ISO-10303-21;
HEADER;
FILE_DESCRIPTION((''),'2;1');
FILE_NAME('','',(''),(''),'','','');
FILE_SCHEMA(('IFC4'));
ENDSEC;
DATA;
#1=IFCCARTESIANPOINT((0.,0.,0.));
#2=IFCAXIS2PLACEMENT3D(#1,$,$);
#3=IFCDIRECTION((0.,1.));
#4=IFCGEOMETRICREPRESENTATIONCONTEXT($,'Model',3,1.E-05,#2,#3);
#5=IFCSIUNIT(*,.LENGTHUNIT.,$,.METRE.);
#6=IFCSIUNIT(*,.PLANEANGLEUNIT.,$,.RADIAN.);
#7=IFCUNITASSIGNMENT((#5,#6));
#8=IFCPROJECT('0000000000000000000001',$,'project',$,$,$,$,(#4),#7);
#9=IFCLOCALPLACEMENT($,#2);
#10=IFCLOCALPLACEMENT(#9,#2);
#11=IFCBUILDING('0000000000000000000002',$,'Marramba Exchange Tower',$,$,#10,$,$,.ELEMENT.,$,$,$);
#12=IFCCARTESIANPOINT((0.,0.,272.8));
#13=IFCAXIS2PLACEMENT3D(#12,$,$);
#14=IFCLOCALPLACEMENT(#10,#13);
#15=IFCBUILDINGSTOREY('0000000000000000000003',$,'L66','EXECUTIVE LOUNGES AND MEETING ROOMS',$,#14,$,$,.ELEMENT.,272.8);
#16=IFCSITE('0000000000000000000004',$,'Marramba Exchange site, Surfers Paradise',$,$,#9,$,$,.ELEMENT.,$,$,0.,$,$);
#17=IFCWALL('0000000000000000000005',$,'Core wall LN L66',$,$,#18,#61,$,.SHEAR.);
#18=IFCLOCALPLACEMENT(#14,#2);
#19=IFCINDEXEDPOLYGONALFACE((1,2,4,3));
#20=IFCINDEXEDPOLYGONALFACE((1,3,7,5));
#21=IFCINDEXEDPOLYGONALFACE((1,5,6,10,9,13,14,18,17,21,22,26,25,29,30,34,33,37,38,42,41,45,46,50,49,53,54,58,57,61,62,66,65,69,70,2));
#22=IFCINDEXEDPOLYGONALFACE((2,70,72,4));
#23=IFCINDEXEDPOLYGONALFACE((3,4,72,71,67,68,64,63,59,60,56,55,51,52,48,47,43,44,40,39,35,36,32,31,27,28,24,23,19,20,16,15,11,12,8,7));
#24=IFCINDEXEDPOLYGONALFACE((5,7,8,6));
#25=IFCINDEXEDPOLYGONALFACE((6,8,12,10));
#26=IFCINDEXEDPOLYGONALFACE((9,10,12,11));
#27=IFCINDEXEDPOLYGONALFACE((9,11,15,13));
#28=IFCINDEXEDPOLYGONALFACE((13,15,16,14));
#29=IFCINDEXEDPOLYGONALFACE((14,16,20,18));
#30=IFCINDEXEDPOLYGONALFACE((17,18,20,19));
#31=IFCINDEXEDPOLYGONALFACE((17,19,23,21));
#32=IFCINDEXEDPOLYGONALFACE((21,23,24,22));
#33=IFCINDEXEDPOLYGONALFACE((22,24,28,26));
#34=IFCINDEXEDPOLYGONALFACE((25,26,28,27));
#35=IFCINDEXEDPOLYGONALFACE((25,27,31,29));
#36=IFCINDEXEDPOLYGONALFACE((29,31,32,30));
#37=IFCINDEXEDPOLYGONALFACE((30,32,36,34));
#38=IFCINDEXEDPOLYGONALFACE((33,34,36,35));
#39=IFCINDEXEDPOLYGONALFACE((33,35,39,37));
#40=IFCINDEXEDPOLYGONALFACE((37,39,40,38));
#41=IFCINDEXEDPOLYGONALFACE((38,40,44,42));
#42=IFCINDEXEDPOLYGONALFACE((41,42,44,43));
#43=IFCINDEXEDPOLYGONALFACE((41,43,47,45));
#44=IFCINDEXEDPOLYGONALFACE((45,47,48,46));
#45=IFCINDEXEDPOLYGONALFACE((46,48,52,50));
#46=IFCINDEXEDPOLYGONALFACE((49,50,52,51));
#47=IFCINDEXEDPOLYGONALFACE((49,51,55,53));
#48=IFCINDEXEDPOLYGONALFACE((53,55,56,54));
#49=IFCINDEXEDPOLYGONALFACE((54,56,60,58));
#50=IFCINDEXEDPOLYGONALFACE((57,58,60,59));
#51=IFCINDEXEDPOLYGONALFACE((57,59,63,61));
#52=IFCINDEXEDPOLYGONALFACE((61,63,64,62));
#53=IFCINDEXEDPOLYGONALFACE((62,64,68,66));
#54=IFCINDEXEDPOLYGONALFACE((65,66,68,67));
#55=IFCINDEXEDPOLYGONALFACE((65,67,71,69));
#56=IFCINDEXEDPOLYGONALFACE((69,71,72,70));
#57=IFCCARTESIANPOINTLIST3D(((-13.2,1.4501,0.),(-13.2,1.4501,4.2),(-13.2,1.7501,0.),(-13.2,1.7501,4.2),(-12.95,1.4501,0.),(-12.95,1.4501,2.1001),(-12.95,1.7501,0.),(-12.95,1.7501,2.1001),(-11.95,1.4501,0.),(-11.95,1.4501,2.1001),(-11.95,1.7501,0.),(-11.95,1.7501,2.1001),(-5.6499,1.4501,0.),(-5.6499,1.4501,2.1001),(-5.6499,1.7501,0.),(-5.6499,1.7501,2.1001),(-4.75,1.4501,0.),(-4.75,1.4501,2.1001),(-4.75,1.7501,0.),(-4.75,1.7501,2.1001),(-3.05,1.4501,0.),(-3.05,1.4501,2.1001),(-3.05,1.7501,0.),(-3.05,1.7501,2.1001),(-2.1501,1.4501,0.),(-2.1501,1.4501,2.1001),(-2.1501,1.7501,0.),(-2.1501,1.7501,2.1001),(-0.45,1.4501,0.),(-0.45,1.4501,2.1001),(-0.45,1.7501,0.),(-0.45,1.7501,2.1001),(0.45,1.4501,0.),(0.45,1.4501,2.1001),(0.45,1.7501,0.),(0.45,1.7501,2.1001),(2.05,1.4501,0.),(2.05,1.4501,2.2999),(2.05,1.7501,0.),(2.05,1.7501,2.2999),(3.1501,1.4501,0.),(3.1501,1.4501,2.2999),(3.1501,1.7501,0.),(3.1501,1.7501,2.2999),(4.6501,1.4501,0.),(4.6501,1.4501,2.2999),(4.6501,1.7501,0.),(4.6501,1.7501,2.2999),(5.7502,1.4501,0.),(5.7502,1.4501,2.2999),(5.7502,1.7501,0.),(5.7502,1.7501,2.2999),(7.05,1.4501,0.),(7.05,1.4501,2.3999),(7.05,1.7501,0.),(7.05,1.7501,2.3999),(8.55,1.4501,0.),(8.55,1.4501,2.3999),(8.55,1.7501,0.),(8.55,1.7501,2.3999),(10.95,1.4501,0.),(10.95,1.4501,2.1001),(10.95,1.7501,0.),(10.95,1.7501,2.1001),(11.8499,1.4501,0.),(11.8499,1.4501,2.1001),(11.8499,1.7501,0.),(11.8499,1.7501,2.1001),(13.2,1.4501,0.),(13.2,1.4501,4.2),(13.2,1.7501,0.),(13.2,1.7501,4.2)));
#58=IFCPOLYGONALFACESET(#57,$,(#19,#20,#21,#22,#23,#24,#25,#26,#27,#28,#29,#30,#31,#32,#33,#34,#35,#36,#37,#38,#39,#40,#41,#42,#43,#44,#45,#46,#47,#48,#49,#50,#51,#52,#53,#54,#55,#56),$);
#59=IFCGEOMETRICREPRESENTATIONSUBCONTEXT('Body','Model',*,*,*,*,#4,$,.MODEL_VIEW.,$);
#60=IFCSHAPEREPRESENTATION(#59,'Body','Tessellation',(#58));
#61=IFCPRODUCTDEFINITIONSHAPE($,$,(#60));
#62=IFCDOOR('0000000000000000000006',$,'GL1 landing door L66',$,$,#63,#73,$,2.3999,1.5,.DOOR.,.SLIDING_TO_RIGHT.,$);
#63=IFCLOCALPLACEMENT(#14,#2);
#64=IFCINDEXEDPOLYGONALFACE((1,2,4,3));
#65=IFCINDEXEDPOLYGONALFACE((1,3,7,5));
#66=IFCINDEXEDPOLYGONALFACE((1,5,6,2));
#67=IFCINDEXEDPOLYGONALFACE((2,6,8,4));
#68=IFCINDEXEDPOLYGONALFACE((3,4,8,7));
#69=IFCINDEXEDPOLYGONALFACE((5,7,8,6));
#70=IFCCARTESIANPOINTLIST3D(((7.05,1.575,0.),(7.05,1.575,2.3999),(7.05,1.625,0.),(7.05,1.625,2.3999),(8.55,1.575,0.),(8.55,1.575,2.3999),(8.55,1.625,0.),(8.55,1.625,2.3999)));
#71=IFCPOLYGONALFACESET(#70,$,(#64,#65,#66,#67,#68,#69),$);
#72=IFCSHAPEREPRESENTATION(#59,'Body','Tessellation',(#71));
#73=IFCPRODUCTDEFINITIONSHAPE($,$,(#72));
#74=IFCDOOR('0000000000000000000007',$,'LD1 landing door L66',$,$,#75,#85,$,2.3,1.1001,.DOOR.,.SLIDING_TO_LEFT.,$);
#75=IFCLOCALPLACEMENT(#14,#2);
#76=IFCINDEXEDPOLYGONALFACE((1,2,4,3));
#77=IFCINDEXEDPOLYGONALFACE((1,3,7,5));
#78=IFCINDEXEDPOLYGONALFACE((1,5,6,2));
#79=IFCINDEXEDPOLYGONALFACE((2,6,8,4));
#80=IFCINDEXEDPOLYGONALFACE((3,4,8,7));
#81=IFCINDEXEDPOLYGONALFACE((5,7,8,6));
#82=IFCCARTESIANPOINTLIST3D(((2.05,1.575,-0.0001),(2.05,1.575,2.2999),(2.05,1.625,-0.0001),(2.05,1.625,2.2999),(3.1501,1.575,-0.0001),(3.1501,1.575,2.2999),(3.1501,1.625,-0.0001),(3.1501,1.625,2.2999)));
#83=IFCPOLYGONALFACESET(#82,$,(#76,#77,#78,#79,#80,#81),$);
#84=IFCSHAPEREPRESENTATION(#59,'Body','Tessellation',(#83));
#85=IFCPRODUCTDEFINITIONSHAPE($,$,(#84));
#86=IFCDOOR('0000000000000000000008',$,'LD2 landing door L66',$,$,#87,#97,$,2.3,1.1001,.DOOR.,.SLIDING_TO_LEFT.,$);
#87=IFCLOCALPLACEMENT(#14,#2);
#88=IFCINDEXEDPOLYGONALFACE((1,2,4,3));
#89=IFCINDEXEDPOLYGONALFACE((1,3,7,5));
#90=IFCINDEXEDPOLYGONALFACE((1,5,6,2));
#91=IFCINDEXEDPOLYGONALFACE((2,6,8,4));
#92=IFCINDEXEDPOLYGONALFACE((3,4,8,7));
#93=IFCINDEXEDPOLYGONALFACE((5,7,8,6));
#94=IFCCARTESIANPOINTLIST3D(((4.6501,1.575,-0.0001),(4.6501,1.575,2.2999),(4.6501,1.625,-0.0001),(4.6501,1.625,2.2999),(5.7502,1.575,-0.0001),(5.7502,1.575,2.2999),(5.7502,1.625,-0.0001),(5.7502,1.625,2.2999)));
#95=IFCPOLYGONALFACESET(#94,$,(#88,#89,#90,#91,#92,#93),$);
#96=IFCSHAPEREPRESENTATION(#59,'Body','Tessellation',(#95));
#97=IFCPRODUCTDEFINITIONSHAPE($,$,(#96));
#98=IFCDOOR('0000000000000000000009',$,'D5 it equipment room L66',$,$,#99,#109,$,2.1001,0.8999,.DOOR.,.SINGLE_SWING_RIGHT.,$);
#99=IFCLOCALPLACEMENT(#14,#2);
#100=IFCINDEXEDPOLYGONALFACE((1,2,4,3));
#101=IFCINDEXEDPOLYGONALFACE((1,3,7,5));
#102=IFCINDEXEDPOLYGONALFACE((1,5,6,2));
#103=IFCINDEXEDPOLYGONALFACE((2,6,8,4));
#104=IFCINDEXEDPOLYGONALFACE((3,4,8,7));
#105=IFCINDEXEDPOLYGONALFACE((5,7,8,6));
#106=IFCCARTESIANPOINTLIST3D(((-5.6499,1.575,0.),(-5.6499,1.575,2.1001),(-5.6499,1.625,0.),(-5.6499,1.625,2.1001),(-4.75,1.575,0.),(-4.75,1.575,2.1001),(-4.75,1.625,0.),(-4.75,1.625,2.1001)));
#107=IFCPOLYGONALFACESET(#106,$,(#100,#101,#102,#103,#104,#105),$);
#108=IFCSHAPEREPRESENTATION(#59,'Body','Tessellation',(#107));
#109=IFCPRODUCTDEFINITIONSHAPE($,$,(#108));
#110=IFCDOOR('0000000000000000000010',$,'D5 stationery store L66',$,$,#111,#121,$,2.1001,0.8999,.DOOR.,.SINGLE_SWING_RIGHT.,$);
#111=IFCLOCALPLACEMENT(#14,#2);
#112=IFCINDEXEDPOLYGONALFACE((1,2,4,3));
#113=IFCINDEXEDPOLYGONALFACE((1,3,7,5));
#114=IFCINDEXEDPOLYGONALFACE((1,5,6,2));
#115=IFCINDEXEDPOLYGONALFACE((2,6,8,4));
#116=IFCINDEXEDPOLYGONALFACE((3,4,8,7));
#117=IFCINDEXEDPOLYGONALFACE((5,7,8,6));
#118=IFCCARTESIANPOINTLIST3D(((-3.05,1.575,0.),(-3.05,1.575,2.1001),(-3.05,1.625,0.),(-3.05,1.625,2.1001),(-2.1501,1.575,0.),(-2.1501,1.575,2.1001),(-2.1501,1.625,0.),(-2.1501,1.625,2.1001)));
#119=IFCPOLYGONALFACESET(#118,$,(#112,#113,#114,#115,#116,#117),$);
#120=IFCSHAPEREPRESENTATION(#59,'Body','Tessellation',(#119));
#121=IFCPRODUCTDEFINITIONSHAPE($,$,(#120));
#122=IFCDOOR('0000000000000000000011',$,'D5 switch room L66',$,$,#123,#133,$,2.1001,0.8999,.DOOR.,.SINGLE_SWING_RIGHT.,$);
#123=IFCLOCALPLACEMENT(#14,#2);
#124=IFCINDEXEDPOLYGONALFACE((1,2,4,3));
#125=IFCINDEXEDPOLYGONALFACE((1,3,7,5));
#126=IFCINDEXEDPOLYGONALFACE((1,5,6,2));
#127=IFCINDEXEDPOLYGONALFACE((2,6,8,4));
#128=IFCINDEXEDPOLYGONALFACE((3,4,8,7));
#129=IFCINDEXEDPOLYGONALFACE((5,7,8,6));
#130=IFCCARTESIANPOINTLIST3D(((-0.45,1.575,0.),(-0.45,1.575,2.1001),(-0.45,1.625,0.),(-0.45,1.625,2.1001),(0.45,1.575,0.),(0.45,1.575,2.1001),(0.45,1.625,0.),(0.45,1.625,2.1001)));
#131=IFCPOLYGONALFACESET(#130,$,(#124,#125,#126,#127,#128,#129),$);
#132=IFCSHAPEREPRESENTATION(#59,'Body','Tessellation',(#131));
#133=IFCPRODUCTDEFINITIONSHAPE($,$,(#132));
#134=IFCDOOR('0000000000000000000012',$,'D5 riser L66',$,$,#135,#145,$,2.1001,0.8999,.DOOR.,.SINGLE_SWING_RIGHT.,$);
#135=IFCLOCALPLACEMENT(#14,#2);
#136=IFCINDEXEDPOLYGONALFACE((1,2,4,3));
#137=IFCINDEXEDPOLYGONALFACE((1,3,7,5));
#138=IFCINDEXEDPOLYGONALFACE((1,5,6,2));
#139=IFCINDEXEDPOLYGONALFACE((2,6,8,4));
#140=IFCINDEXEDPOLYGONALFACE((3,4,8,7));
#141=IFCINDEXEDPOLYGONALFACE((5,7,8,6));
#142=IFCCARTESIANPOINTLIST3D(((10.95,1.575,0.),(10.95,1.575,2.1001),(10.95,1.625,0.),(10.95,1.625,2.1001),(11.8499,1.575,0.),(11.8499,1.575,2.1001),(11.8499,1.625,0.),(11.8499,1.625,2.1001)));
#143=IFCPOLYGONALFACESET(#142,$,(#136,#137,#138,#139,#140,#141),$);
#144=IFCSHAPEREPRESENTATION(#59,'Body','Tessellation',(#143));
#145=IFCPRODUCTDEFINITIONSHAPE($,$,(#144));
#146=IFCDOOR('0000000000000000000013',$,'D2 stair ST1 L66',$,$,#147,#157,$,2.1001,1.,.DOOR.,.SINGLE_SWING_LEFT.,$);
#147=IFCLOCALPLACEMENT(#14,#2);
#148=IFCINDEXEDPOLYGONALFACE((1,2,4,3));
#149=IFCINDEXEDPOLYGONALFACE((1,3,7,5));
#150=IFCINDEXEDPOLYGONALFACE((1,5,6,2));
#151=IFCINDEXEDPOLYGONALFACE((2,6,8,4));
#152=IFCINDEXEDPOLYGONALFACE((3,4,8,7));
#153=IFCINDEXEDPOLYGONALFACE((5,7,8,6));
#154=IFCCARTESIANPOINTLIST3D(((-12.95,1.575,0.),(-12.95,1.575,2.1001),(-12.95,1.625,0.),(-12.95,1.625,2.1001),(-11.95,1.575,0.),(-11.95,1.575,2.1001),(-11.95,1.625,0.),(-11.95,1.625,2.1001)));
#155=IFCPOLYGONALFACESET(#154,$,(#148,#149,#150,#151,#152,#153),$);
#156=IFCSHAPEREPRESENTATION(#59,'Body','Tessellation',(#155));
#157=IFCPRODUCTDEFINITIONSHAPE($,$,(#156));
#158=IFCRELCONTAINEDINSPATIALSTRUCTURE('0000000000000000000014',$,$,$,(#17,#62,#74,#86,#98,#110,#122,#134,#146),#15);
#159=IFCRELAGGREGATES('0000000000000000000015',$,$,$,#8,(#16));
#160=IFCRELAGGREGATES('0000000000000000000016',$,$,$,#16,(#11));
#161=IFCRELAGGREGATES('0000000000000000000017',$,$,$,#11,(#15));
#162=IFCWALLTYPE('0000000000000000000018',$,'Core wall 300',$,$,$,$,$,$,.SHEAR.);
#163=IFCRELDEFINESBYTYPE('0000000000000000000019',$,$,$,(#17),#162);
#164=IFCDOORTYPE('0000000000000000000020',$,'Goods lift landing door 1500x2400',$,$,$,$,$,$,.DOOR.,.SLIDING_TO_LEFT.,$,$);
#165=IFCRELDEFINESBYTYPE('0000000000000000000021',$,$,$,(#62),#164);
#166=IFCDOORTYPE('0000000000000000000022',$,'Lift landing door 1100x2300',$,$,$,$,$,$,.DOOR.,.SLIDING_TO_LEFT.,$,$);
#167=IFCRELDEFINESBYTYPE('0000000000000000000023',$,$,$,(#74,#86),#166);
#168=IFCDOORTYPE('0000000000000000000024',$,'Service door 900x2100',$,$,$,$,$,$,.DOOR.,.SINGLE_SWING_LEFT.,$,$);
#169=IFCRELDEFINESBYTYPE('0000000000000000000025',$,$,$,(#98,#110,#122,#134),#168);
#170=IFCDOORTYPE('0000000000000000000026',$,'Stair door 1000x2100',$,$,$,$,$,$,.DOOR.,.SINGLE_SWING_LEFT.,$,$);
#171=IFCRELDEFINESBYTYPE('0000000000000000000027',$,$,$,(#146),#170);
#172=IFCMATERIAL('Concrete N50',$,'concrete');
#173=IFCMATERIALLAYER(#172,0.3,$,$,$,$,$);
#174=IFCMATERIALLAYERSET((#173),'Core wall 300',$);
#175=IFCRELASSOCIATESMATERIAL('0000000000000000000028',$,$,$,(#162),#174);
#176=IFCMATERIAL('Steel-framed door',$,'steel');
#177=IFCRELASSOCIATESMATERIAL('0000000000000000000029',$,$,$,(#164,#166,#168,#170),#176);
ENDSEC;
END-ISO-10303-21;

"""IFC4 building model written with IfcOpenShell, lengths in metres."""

from ifc_helpers import new_model, si_unit, direction, frame, frame_2d, origin, place, context, subcontext, project, spatial, rectangle, extrude, material, layer, layer_set, type_object, element, fill, save


model = new_model("IFC4")

# Units and contexts
model_context = context("Model", 3, precision=1e-05, world=origin(), true_north=direction((0.0, 1.0)))
body_context = subcontext(model_context, "Body", "Model", "MODEL_VIEW")
ifc_project = project(units=[si_unit("LENGTHUNIT", "METRE"), si_unit("PLANEANGLEUNIT", "RADIAN")], contexts=[model_context])

# Site, building, storey
site_placement = place(None, origin())
site = spatial("IfcSite", under=ifc_project, at=site_placement, Name="Marramba Exchange site, Surfers Paradise", CompositionType="ELEMENT", RefElevation=0.0)
building_placement = place(site_placement, origin())
building = spatial("IfcBuilding", under=site, at=building_placement, Name="Marramba Exchange Tower", CompositionType="ELEMENT")
storey_placement = place(building_placement, frame((0.0, 0.0, 272.8)))
storey = spatial("IfcBuildingStorey", under=building, at=storey_placement, Name="L66", Description="EXECUTIVE LOUNGES AND MEETING ROOMS", CompositionType="ELEMENT", Elevation=272.8)

# Shared definitions
ifc_material_1 = material(Name="Concrete N50", Category="concrete")

# Wall, openings, doors
ifc_layer_1 = layer(ifc_material_1, 0.3)
ifc_layer_set_1 = layer_set([ifc_layer_1], Name="Core wall 300")
wall_type = type_object("IfcWallType", Name="Core wall 300", PredefinedType="SHEAR", material=ifc_layer_set_1)
wall_1_placement = place(storey_placement, frame((-13.2, 1.6001, 0.0), z_axis=(0.0, 0.0, 1.0), x_axis=(1.0, 0.0, 0.0)))
wall_1 = element("IfcWall", 1, at=wall_1_placement, inside=storey, type_object=wall_type, Name="Core wall LN L66", PredefinedType="SHEAR", context=body_context, shape_type="SweptSolid", body=[
    extrude(rectangle(XDim=26.3999, YDim=0.3, at=frame_2d((13.2, 0.0))), origin(), (0.0, 0.0, 1.0), 4.2),
])
opening_1_placement = place(wall_1_placement, frame((0.25, 0.0, 0.0)))
opening_1 = element("IfcOpeningElement", 2, at=opening_1_placement, cuts=wall_1, PredefinedType="OPENING", context=body_context, shape_type="SweptSolid", body=[
    extrude(rectangle(XDim=1.0, YDim=2.1001, at=frame_2d((0.5, 1.05))), frame((0.0, 0.1599, 0.0), z_axis=(0.0, -1.0, 0.0), x_axis=(1.0, 0.0, 0.0)), (0.0, 0.0, 1.0), 0.3201),
])
opening_2_placement = place(wall_1_placement, frame((20.25, 0.0, 0.0)))
opening_2 = element("IfcOpeningElement", 3, at=opening_2_placement, cuts=wall_1, PredefinedType="OPENING", context=body_context, shape_type="SweptSolid", body=[
    extrude(rectangle(XDim=1.5, YDim=2.3999, at=frame_2d((0.75, 1.2))), frame((0.0, 0.1599, 0.0), z_axis=(0.0, -1.0, 0.0), x_axis=(1.0, 0.0, 0.0)), (0.0, 0.0, 1.0), 0.3201),
])
opening_3_placement = place(wall_1_placement, frame((7.55, 0.0, 0.0)))
opening_3 = element("IfcOpeningElement", 4, at=opening_3_placement, cuts=wall_1, PredefinedType="OPENING", context=body_context, shape_type="SweptSolid", body=[
    extrude(rectangle(XDim=0.8999, YDim=2.1001, at=frame_2d((0.45, 1.05))), frame((0.0, 0.1599, 0.0), z_axis=(0.0, -1.0, 0.0), x_axis=(1.0, 0.0, 0.0)), (0.0, 0.0, 1.0), 0.3201),
])
opening_4_placement = place(wall_1_placement, frame((10.1499, 0.0, 0.0)))
opening_4 = element("IfcOpeningElement", 5, at=opening_4_placement, cuts=wall_1, PredefinedType="OPENING", context=body_context, shape_type="SweptSolid", body=[
    extrude(rectangle(XDim=0.8999, YDim=2.1001, at=frame_2d((0.45, 1.05))), frame((0.0, 0.1599, 0.0), z_axis=(0.0, -1.0, 0.0), x_axis=(1.0, 0.0, 0.0)), (0.0, 0.0, 1.0), 0.3201),
])
opening_5_placement = place(wall_1_placement, frame((12.75, 0.0, 0.0)))
opening_5 = element("IfcOpeningElement", 6, at=opening_5_placement, cuts=wall_1, PredefinedType="OPENING", context=body_context, shape_type="SweptSolid", body=[
    extrude(rectangle(XDim=0.8999, YDim=2.1001, at=frame_2d((0.45, 1.05))), frame((0.0, 0.1599, 0.0), z_axis=(0.0, -1.0, 0.0), x_axis=(1.0, 0.0, 0.0)), (0.0, 0.0, 1.0), 0.3201),
])
opening_6_placement = place(wall_1_placement, frame((15.25, 0.0, 0.0)))
opening_6 = element("IfcOpeningElement", 7, at=opening_6_placement, cuts=wall_1, PredefinedType="OPENING", context=body_context, shape_type="SweptSolid", body=[
    extrude(rectangle(XDim=1.1001, YDim=2.3, at=frame_2d((0.55, 1.1499))), frame((0.0, 0.1599, 0.0), z_axis=(0.0, -1.0, 0.0), x_axis=(1.0, 0.0, 0.0)), (0.0, 0.0, 1.0), 0.3201),
])
opening_7_placement = place(wall_1_placement, frame((17.8501, 0.0, 0.0)))
opening_7 = element("IfcOpeningElement", 8, at=opening_7_placement, cuts=wall_1, PredefinedType="OPENING", context=body_context, shape_type="SweptSolid", body=[
    extrude(rectangle(XDim=1.1001, YDim=2.3, at=frame_2d((0.55, 1.1499))), frame((0.0, 0.1599, 0.0), z_axis=(0.0, -1.0, 0.0), x_axis=(1.0, 0.0, 0.0)), (0.0, 0.0, 1.0), 0.3201),
])
opening_8_placement = place(wall_1_placement, frame((24.1499, 0.0, 0.0)))
opening_8 = element("IfcOpeningElement", 9, at=opening_8_placement, cuts=wall_1, PredefinedType="OPENING", context=body_context, shape_type="SweptSolid", body=[
    extrude(rectangle(XDim=0.8999, YDim=2.1001, at=frame_2d((0.45, 1.05))), frame((0.0, 0.1599, 0.0), z_axis=(0.0, -1.0, 0.0), x_axis=(1.0, 0.0, 0.0)), (0.0, 0.0, 1.0), 0.3201),
])
ifc_material_2 = material(Name="Steel-framed door", Category="steel")
door_type_1 = type_object("IfcDoorType", Name="Goods lift landing door 1500x2400", OperationType="SLIDING_TO_LEFT", PredefinedType="DOOR", material=ifc_material_2)
door_1_placement = place(opening_2_placement, origin())
door_1 = element("IfcDoor", 10, at=door_1_placement, inside=storey, type_object=door_type_1, Name="GL1 landing door L66", OperationType="SLIDING_TO_RIGHT", OverallHeight=2.3999, OverallWidth=1.5, PredefinedType="DOOR", context=body_context, shape_type="SweptSolid", body=[
    extrude(rectangle(XDim=1.5, YDim=2.3999, at=frame_2d((0.75, 1.2))), frame((0.0, 0.0249, 0.0), z_axis=(0.0, -1.0, 0.0), x_axis=(1.0, 0.0, 0.0)), (0.0, 0.0, 1.0), 0.05),
])
fill(opening_2, door_1)
door_type_2 = type_object("IfcDoorType", Name="Lift landing door 1100x2300", OperationType="SLIDING_TO_LEFT", PredefinedType="DOOR", material=ifc_material_2)
door_2_placement = place(opening_6_placement, origin())
door_2 = element("IfcDoor", 11, at=door_2_placement, inside=storey, type_object=door_type_2, Name="LD1 landing door L66", OperationType="SLIDING_TO_LEFT", OverallHeight=2.3, OverallWidth=1.1001, PredefinedType="DOOR", context=body_context, shape_type="SweptSolid", body=[
    extrude(rectangle(XDim=1.1001, YDim=2.3, at=frame_2d((0.55, 1.1499))), frame((0.0, 0.0249, 0.0), z_axis=(0.0, -1.0, 0.0), x_axis=(1.0, 0.0, 0.0)), (0.0, 0.0, 1.0), 0.05),
])
fill(opening_6, door_2)
door_3_placement = place(opening_7_placement, origin())
door_3 = element("IfcDoor", 12, at=door_3_placement, inside=storey, type_object=door_type_2, Name="LD2 landing door L66", OperationType="SLIDING_TO_LEFT", OverallHeight=2.3, OverallWidth=1.1001, PredefinedType="DOOR", context=body_context, shape_type="SweptSolid", body=[
    extrude(rectangle(XDim=1.1001, YDim=2.3, at=frame_2d((0.55, 1.1499))), frame((0.0, 0.0249, 0.0), z_axis=(0.0, -1.0, 0.0), x_axis=(1.0, 0.0, 0.0)), (0.0, 0.0, 1.0), 0.05),
])
fill(opening_7, door_3)
door_type_3 = type_object("IfcDoorType", Name="Service door 900x2100", OperationType="SINGLE_SWING_LEFT", PredefinedType="DOOR", material=ifc_material_2)
door_4_placement = place(opening_3_placement, origin())
door_4 = element("IfcDoor", 13, at=door_4_placement, inside=storey, type_object=door_type_3, Name="D5 it equipment room L66", OperationType="SINGLE_SWING_RIGHT", OverallHeight=2.1001, OverallWidth=0.8999, PredefinedType="DOOR", context=body_context, shape_type="SweptSolid", body=[
    extrude(rectangle(XDim=0.8999, YDim=2.1001, at=frame_2d((0.45, 1.05))), frame((0.0, 0.0249, 0.0), z_axis=(0.0, -1.0, 0.0), x_axis=(1.0, 0.0, 0.0)), (0.0, 0.0, 1.0), 0.05),
])
fill(opening_3, door_4)
door_5_placement = place(opening_4_placement, origin())
door_5 = element("IfcDoor", 14, at=door_5_placement, inside=storey, type_object=door_type_3, Name="D5 stationery store L66", OperationType="SINGLE_SWING_RIGHT", OverallHeight=2.1001, OverallWidth=0.8999, PredefinedType="DOOR", context=body_context, shape_type="SweptSolid", body=[
    extrude(rectangle(XDim=0.8999, YDim=2.1001, at=frame_2d((0.45, 1.05))), frame((0.0, 0.0249, 0.0), z_axis=(0.0, -1.0, 0.0), x_axis=(1.0, 0.0, 0.0)), (0.0, 0.0, 1.0), 0.05),
])
fill(opening_4, door_5)
door_6_placement = place(opening_5_placement, origin())
door_6 = element("IfcDoor", 15, at=door_6_placement, inside=storey, type_object=door_type_3, Name="D5 switch room L66", OperationType="SINGLE_SWING_RIGHT", OverallHeight=2.1001, OverallWidth=0.8999, PredefinedType="DOOR", context=body_context, shape_type="SweptSolid", body=[
    extrude(rectangle(XDim=0.8999, YDim=2.1001, at=frame_2d((0.45, 1.05))), frame((0.0, 0.0249, 0.0), z_axis=(0.0, -1.0, 0.0), x_axis=(1.0, 0.0, 0.0)), (0.0, 0.0, 1.0), 0.05),
])
fill(opening_5, door_6)
door_7_placement = place(opening_8_placement, origin())
door_7 = element("IfcDoor", 16, at=door_7_placement, inside=storey, type_object=door_type_3, Name="D5 riser L66", OperationType="SINGLE_SWING_RIGHT", OverallHeight=2.1001, OverallWidth=0.8999, PredefinedType="DOOR", context=body_context, shape_type="SweptSolid", body=[
    extrude(rectangle(XDim=0.8999, YDim=2.1001, at=frame_2d((0.45, 1.05))), frame((0.0, 0.0249, 0.0), z_axis=(0.0, -1.0, 0.0), x_axis=(1.0, 0.0, 0.0)), (0.0, 0.0, 1.0), 0.05),
])
fill(opening_8, door_7)
door_type_4 = type_object("IfcDoorType", Name="Stair door 1000x2100", OperationType="SINGLE_SWING_LEFT", PredefinedType="DOOR", material=ifc_material_2)
door_8_placement = place(opening_1_placement, origin())
door_8 = element("IfcDoor", 17, at=door_8_placement, inside=storey, type_object=door_type_4, Name="D2 stair ST1 L66", OperationType="SINGLE_SWING_LEFT", OverallHeight=2.1001, OverallWidth=1.0, PredefinedType="DOOR", context=body_context, shape_type="SweptSolid", body=[
    extrude(rectangle(XDim=1.0, YDim=2.1001, at=frame_2d((0.5, 1.05))), frame((0.0, 0.0249, 0.0), z_axis=(0.0, -1.0, 0.0), x_axis=(1.0, 0.0, 0.0)), (0.0, 0.0, 1.0), 0.05),
])
fill(opening_1, door_8)

save(model, "model.ifc")
